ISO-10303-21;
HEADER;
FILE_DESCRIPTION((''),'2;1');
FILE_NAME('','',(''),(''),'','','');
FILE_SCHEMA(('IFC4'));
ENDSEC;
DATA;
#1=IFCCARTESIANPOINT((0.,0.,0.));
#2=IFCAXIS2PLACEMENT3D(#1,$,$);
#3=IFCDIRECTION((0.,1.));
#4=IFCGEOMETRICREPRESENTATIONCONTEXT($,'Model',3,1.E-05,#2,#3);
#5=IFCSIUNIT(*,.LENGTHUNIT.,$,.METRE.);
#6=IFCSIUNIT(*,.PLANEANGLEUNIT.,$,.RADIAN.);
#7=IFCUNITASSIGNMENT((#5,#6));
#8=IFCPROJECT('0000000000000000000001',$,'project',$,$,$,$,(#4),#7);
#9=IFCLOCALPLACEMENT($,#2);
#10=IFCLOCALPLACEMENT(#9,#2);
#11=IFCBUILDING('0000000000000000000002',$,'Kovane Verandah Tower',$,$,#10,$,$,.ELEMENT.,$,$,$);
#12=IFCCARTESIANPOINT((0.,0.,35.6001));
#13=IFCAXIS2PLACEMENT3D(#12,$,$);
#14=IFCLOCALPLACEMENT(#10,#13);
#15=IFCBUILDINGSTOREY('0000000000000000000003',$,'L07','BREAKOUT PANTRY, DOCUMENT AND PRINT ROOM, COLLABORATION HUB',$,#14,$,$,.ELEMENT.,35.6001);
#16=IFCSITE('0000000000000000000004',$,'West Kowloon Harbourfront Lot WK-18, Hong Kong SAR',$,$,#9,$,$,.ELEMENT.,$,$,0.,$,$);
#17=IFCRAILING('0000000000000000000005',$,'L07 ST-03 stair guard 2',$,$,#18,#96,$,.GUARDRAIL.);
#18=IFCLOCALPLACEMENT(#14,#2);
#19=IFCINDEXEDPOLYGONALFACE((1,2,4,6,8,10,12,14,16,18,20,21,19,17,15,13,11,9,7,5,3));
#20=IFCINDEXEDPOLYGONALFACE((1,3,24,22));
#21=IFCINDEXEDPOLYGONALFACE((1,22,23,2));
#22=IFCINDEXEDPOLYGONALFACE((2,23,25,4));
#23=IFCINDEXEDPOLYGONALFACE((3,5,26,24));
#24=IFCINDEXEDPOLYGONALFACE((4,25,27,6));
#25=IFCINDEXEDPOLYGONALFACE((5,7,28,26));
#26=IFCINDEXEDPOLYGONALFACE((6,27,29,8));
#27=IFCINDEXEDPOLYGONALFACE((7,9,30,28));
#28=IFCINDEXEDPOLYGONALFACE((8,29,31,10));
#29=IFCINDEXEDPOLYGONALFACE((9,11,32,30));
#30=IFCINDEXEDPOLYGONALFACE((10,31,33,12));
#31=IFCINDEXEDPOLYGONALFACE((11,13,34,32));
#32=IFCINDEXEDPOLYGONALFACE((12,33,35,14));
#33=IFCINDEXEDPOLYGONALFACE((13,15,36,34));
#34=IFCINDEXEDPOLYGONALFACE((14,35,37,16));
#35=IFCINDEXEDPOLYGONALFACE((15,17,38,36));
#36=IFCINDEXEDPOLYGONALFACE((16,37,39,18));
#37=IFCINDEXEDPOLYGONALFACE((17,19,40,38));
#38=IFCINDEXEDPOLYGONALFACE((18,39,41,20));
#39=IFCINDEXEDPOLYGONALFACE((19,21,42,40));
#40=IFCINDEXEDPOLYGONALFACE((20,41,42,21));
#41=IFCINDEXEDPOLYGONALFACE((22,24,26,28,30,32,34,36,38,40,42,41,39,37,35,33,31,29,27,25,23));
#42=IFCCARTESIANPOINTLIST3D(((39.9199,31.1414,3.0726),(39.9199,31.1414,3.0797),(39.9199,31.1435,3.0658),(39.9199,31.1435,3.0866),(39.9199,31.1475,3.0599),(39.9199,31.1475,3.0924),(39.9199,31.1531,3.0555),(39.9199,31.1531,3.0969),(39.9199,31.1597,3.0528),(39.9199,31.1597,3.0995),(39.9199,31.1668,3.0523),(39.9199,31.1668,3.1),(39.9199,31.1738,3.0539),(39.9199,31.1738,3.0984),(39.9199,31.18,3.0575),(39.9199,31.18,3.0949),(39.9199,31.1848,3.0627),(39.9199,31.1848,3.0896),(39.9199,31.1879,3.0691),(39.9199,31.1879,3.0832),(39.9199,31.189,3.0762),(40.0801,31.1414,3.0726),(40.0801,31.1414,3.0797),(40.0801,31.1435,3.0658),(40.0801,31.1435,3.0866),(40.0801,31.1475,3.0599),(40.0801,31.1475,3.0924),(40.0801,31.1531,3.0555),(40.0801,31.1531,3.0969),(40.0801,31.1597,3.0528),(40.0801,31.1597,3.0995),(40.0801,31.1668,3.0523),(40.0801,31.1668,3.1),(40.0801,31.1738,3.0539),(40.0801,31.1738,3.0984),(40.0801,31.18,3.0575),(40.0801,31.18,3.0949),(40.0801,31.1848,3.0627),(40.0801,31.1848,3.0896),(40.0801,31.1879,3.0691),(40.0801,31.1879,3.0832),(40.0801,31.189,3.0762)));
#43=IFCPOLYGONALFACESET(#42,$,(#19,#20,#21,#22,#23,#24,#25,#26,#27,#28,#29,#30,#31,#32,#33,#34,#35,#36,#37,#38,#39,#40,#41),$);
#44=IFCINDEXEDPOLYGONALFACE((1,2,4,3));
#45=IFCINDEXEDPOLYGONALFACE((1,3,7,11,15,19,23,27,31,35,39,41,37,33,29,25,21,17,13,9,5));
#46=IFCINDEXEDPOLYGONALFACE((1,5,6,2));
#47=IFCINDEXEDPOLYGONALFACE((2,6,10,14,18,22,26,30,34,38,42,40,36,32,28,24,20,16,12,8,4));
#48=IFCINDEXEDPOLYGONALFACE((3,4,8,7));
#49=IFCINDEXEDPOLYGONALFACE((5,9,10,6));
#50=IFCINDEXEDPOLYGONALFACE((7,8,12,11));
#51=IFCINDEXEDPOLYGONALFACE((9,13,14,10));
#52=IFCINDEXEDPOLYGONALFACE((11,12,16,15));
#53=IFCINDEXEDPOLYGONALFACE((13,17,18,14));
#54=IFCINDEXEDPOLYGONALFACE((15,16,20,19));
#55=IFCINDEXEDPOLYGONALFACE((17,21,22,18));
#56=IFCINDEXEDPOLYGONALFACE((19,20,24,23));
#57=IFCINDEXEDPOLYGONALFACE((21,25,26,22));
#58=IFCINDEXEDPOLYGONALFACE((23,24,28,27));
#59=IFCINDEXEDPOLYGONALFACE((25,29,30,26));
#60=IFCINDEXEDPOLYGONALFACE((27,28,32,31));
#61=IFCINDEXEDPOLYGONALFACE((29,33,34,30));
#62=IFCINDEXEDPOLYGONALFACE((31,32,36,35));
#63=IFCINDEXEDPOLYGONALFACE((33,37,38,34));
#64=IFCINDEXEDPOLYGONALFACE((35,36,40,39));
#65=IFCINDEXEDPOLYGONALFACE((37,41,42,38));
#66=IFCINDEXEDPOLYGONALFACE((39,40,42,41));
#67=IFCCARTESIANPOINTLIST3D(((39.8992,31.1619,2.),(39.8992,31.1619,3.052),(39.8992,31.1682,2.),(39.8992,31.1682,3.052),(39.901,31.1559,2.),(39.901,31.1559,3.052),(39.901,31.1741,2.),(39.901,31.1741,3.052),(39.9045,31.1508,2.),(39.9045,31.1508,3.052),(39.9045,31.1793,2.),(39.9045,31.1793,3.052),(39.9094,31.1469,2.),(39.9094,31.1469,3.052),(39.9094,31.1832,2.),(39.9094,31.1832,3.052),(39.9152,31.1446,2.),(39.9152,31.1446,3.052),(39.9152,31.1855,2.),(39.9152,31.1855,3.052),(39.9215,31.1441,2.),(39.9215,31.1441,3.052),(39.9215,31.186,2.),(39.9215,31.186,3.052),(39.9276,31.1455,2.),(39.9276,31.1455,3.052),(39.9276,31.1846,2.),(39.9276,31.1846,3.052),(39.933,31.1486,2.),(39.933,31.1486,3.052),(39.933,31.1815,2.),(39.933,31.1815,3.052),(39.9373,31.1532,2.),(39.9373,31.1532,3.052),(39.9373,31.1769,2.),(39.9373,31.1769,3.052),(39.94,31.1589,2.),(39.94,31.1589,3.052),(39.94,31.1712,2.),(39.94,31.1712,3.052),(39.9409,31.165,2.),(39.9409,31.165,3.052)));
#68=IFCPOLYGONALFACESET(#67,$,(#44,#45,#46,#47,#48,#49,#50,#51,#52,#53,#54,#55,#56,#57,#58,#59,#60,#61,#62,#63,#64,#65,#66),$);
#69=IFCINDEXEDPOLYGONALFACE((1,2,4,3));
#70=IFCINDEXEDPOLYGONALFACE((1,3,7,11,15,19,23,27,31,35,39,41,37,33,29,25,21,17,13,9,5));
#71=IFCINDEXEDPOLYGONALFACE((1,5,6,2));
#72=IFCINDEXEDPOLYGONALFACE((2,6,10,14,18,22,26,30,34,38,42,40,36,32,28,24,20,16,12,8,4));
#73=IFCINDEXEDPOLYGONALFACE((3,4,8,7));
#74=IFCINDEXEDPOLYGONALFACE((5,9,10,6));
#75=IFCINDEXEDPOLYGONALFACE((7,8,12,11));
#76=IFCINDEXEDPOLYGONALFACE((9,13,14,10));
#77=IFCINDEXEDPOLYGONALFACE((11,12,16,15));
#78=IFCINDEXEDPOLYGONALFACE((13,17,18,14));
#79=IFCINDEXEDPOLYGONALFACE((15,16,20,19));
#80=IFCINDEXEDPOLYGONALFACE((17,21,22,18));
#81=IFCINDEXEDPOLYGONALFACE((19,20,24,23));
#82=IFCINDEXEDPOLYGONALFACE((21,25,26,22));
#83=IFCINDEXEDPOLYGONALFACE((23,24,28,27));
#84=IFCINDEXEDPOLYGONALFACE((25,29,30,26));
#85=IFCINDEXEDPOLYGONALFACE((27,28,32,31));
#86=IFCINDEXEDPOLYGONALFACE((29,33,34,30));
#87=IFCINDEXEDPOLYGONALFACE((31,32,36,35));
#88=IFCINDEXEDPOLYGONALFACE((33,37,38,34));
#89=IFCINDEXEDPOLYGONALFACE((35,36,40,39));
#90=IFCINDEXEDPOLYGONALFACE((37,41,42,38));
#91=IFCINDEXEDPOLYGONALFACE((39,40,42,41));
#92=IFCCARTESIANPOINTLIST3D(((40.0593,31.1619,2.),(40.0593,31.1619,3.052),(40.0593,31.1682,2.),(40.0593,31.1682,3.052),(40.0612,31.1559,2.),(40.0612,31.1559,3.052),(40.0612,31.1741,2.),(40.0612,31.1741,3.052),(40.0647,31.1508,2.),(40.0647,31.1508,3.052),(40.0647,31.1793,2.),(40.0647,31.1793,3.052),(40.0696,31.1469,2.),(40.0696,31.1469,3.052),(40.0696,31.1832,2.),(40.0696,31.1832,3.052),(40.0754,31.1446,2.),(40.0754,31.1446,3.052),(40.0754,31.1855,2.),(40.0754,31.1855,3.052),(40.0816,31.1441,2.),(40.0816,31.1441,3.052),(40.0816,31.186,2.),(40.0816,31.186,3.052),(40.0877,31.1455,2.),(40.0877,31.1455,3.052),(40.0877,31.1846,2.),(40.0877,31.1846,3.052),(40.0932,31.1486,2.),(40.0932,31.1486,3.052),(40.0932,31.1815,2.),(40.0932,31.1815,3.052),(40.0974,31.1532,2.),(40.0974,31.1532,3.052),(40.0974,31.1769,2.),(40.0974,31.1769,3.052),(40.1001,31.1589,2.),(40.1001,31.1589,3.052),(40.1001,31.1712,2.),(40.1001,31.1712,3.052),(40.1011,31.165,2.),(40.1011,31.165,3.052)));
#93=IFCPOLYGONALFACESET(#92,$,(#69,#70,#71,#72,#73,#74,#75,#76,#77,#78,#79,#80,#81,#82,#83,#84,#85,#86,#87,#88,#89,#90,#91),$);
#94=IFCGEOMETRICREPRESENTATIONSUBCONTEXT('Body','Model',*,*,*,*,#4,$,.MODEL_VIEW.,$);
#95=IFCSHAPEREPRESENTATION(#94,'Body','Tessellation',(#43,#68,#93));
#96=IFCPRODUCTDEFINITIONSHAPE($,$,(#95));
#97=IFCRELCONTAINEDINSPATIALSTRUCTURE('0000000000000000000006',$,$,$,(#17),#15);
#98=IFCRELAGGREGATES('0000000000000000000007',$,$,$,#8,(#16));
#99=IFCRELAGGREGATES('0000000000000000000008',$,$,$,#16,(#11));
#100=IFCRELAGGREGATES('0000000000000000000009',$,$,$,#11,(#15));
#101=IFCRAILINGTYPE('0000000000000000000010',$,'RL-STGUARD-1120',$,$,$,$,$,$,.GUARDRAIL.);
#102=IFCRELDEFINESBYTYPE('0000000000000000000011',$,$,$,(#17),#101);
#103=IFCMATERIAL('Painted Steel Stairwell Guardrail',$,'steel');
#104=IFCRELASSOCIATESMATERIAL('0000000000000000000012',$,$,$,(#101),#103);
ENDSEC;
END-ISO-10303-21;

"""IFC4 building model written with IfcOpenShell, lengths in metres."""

from ifc_helpers import new_model, si_unit, direction, frame, origin, origin_2d, place, context, subcontext, project, spatial, circle, extrude, material, type_object, element, save


model = new_model("IFC4")

# Units and contexts
model_context = context("Model", 3, precision=1e-05, world=origin(), true_north=direction((0.0, 1.0)))
body_context = subcontext(model_context, "Body", "Model", "MODEL_VIEW")
ifc_project = project(units=[si_unit("LENGTHUNIT", "METRE"), si_unit("PLANEANGLEUNIT", "RADIAN")], contexts=[model_context])

# Site, building, storey
site_placement = place(None, origin())
site = spatial("IfcSite", under=ifc_project, at=site_placement, Name="West Kowloon Harbourfront Lot WK-18, Hong Kong SAR", CompositionType="ELEMENT", RefElevation=0.0)
building_placement = place(site_placement, origin())
building = spatial("IfcBuilding", under=site, at=building_placement, Name="Kovane Verandah Tower", CompositionType="ELEMENT")
storey_placement = place(building_placement, frame((0.0, 0.0, 35.6001)))
storey = spatial("IfcBuildingStorey", under=building, at=storey_placement, Name="L07", Description="BREAKOUT PANTRY, DOCUMENT AND PRINT ROOM, COLLABORATION HUB", CompositionType="ELEMENT", Elevation=35.6001)

# Railing
ifc_material_1 = material(Name="Painted Steel Stairwell Guardrail", Category="steel")
railing_type_1 = type_object("IfcRailingType", Name="RL-STGUARD-1120", PredefinedType="GUARDRAIL", material=ifc_material_1)
railing_1_placement = place(storey_placement, frame((39.9199, 31.165, 2.0)))
element("IfcRailing", 1, at=railing_1_placement, inside=storey, type_object=railing_type_1, Name="L07 ST-03 stair guard 2", PredefinedType="GUARDRAIL", context=body_context, shape_type="SweptSolid", body=[
    extrude(circle(Radius=0.0239, at=origin_2d()), frame((0.0, 0.0, 1.0762), z_axis=(1.0, 0.0, 0.0), x_axis=(0.0, 1.0, 0.0)), (0.0, 0.0, 1.0), 0.1602),
    extrude(circle(Radius=0.021, at=origin_2d()), origin(), (0.0, 0.0, 1.0), 1.052),
    extrude(circle(Radius=0.021, at=origin_2d()), frame((0.1602, 0.0, 0.0)), (0.0, 0.0, 1.0), 1.052),
])

save(model, "model.ifc")
